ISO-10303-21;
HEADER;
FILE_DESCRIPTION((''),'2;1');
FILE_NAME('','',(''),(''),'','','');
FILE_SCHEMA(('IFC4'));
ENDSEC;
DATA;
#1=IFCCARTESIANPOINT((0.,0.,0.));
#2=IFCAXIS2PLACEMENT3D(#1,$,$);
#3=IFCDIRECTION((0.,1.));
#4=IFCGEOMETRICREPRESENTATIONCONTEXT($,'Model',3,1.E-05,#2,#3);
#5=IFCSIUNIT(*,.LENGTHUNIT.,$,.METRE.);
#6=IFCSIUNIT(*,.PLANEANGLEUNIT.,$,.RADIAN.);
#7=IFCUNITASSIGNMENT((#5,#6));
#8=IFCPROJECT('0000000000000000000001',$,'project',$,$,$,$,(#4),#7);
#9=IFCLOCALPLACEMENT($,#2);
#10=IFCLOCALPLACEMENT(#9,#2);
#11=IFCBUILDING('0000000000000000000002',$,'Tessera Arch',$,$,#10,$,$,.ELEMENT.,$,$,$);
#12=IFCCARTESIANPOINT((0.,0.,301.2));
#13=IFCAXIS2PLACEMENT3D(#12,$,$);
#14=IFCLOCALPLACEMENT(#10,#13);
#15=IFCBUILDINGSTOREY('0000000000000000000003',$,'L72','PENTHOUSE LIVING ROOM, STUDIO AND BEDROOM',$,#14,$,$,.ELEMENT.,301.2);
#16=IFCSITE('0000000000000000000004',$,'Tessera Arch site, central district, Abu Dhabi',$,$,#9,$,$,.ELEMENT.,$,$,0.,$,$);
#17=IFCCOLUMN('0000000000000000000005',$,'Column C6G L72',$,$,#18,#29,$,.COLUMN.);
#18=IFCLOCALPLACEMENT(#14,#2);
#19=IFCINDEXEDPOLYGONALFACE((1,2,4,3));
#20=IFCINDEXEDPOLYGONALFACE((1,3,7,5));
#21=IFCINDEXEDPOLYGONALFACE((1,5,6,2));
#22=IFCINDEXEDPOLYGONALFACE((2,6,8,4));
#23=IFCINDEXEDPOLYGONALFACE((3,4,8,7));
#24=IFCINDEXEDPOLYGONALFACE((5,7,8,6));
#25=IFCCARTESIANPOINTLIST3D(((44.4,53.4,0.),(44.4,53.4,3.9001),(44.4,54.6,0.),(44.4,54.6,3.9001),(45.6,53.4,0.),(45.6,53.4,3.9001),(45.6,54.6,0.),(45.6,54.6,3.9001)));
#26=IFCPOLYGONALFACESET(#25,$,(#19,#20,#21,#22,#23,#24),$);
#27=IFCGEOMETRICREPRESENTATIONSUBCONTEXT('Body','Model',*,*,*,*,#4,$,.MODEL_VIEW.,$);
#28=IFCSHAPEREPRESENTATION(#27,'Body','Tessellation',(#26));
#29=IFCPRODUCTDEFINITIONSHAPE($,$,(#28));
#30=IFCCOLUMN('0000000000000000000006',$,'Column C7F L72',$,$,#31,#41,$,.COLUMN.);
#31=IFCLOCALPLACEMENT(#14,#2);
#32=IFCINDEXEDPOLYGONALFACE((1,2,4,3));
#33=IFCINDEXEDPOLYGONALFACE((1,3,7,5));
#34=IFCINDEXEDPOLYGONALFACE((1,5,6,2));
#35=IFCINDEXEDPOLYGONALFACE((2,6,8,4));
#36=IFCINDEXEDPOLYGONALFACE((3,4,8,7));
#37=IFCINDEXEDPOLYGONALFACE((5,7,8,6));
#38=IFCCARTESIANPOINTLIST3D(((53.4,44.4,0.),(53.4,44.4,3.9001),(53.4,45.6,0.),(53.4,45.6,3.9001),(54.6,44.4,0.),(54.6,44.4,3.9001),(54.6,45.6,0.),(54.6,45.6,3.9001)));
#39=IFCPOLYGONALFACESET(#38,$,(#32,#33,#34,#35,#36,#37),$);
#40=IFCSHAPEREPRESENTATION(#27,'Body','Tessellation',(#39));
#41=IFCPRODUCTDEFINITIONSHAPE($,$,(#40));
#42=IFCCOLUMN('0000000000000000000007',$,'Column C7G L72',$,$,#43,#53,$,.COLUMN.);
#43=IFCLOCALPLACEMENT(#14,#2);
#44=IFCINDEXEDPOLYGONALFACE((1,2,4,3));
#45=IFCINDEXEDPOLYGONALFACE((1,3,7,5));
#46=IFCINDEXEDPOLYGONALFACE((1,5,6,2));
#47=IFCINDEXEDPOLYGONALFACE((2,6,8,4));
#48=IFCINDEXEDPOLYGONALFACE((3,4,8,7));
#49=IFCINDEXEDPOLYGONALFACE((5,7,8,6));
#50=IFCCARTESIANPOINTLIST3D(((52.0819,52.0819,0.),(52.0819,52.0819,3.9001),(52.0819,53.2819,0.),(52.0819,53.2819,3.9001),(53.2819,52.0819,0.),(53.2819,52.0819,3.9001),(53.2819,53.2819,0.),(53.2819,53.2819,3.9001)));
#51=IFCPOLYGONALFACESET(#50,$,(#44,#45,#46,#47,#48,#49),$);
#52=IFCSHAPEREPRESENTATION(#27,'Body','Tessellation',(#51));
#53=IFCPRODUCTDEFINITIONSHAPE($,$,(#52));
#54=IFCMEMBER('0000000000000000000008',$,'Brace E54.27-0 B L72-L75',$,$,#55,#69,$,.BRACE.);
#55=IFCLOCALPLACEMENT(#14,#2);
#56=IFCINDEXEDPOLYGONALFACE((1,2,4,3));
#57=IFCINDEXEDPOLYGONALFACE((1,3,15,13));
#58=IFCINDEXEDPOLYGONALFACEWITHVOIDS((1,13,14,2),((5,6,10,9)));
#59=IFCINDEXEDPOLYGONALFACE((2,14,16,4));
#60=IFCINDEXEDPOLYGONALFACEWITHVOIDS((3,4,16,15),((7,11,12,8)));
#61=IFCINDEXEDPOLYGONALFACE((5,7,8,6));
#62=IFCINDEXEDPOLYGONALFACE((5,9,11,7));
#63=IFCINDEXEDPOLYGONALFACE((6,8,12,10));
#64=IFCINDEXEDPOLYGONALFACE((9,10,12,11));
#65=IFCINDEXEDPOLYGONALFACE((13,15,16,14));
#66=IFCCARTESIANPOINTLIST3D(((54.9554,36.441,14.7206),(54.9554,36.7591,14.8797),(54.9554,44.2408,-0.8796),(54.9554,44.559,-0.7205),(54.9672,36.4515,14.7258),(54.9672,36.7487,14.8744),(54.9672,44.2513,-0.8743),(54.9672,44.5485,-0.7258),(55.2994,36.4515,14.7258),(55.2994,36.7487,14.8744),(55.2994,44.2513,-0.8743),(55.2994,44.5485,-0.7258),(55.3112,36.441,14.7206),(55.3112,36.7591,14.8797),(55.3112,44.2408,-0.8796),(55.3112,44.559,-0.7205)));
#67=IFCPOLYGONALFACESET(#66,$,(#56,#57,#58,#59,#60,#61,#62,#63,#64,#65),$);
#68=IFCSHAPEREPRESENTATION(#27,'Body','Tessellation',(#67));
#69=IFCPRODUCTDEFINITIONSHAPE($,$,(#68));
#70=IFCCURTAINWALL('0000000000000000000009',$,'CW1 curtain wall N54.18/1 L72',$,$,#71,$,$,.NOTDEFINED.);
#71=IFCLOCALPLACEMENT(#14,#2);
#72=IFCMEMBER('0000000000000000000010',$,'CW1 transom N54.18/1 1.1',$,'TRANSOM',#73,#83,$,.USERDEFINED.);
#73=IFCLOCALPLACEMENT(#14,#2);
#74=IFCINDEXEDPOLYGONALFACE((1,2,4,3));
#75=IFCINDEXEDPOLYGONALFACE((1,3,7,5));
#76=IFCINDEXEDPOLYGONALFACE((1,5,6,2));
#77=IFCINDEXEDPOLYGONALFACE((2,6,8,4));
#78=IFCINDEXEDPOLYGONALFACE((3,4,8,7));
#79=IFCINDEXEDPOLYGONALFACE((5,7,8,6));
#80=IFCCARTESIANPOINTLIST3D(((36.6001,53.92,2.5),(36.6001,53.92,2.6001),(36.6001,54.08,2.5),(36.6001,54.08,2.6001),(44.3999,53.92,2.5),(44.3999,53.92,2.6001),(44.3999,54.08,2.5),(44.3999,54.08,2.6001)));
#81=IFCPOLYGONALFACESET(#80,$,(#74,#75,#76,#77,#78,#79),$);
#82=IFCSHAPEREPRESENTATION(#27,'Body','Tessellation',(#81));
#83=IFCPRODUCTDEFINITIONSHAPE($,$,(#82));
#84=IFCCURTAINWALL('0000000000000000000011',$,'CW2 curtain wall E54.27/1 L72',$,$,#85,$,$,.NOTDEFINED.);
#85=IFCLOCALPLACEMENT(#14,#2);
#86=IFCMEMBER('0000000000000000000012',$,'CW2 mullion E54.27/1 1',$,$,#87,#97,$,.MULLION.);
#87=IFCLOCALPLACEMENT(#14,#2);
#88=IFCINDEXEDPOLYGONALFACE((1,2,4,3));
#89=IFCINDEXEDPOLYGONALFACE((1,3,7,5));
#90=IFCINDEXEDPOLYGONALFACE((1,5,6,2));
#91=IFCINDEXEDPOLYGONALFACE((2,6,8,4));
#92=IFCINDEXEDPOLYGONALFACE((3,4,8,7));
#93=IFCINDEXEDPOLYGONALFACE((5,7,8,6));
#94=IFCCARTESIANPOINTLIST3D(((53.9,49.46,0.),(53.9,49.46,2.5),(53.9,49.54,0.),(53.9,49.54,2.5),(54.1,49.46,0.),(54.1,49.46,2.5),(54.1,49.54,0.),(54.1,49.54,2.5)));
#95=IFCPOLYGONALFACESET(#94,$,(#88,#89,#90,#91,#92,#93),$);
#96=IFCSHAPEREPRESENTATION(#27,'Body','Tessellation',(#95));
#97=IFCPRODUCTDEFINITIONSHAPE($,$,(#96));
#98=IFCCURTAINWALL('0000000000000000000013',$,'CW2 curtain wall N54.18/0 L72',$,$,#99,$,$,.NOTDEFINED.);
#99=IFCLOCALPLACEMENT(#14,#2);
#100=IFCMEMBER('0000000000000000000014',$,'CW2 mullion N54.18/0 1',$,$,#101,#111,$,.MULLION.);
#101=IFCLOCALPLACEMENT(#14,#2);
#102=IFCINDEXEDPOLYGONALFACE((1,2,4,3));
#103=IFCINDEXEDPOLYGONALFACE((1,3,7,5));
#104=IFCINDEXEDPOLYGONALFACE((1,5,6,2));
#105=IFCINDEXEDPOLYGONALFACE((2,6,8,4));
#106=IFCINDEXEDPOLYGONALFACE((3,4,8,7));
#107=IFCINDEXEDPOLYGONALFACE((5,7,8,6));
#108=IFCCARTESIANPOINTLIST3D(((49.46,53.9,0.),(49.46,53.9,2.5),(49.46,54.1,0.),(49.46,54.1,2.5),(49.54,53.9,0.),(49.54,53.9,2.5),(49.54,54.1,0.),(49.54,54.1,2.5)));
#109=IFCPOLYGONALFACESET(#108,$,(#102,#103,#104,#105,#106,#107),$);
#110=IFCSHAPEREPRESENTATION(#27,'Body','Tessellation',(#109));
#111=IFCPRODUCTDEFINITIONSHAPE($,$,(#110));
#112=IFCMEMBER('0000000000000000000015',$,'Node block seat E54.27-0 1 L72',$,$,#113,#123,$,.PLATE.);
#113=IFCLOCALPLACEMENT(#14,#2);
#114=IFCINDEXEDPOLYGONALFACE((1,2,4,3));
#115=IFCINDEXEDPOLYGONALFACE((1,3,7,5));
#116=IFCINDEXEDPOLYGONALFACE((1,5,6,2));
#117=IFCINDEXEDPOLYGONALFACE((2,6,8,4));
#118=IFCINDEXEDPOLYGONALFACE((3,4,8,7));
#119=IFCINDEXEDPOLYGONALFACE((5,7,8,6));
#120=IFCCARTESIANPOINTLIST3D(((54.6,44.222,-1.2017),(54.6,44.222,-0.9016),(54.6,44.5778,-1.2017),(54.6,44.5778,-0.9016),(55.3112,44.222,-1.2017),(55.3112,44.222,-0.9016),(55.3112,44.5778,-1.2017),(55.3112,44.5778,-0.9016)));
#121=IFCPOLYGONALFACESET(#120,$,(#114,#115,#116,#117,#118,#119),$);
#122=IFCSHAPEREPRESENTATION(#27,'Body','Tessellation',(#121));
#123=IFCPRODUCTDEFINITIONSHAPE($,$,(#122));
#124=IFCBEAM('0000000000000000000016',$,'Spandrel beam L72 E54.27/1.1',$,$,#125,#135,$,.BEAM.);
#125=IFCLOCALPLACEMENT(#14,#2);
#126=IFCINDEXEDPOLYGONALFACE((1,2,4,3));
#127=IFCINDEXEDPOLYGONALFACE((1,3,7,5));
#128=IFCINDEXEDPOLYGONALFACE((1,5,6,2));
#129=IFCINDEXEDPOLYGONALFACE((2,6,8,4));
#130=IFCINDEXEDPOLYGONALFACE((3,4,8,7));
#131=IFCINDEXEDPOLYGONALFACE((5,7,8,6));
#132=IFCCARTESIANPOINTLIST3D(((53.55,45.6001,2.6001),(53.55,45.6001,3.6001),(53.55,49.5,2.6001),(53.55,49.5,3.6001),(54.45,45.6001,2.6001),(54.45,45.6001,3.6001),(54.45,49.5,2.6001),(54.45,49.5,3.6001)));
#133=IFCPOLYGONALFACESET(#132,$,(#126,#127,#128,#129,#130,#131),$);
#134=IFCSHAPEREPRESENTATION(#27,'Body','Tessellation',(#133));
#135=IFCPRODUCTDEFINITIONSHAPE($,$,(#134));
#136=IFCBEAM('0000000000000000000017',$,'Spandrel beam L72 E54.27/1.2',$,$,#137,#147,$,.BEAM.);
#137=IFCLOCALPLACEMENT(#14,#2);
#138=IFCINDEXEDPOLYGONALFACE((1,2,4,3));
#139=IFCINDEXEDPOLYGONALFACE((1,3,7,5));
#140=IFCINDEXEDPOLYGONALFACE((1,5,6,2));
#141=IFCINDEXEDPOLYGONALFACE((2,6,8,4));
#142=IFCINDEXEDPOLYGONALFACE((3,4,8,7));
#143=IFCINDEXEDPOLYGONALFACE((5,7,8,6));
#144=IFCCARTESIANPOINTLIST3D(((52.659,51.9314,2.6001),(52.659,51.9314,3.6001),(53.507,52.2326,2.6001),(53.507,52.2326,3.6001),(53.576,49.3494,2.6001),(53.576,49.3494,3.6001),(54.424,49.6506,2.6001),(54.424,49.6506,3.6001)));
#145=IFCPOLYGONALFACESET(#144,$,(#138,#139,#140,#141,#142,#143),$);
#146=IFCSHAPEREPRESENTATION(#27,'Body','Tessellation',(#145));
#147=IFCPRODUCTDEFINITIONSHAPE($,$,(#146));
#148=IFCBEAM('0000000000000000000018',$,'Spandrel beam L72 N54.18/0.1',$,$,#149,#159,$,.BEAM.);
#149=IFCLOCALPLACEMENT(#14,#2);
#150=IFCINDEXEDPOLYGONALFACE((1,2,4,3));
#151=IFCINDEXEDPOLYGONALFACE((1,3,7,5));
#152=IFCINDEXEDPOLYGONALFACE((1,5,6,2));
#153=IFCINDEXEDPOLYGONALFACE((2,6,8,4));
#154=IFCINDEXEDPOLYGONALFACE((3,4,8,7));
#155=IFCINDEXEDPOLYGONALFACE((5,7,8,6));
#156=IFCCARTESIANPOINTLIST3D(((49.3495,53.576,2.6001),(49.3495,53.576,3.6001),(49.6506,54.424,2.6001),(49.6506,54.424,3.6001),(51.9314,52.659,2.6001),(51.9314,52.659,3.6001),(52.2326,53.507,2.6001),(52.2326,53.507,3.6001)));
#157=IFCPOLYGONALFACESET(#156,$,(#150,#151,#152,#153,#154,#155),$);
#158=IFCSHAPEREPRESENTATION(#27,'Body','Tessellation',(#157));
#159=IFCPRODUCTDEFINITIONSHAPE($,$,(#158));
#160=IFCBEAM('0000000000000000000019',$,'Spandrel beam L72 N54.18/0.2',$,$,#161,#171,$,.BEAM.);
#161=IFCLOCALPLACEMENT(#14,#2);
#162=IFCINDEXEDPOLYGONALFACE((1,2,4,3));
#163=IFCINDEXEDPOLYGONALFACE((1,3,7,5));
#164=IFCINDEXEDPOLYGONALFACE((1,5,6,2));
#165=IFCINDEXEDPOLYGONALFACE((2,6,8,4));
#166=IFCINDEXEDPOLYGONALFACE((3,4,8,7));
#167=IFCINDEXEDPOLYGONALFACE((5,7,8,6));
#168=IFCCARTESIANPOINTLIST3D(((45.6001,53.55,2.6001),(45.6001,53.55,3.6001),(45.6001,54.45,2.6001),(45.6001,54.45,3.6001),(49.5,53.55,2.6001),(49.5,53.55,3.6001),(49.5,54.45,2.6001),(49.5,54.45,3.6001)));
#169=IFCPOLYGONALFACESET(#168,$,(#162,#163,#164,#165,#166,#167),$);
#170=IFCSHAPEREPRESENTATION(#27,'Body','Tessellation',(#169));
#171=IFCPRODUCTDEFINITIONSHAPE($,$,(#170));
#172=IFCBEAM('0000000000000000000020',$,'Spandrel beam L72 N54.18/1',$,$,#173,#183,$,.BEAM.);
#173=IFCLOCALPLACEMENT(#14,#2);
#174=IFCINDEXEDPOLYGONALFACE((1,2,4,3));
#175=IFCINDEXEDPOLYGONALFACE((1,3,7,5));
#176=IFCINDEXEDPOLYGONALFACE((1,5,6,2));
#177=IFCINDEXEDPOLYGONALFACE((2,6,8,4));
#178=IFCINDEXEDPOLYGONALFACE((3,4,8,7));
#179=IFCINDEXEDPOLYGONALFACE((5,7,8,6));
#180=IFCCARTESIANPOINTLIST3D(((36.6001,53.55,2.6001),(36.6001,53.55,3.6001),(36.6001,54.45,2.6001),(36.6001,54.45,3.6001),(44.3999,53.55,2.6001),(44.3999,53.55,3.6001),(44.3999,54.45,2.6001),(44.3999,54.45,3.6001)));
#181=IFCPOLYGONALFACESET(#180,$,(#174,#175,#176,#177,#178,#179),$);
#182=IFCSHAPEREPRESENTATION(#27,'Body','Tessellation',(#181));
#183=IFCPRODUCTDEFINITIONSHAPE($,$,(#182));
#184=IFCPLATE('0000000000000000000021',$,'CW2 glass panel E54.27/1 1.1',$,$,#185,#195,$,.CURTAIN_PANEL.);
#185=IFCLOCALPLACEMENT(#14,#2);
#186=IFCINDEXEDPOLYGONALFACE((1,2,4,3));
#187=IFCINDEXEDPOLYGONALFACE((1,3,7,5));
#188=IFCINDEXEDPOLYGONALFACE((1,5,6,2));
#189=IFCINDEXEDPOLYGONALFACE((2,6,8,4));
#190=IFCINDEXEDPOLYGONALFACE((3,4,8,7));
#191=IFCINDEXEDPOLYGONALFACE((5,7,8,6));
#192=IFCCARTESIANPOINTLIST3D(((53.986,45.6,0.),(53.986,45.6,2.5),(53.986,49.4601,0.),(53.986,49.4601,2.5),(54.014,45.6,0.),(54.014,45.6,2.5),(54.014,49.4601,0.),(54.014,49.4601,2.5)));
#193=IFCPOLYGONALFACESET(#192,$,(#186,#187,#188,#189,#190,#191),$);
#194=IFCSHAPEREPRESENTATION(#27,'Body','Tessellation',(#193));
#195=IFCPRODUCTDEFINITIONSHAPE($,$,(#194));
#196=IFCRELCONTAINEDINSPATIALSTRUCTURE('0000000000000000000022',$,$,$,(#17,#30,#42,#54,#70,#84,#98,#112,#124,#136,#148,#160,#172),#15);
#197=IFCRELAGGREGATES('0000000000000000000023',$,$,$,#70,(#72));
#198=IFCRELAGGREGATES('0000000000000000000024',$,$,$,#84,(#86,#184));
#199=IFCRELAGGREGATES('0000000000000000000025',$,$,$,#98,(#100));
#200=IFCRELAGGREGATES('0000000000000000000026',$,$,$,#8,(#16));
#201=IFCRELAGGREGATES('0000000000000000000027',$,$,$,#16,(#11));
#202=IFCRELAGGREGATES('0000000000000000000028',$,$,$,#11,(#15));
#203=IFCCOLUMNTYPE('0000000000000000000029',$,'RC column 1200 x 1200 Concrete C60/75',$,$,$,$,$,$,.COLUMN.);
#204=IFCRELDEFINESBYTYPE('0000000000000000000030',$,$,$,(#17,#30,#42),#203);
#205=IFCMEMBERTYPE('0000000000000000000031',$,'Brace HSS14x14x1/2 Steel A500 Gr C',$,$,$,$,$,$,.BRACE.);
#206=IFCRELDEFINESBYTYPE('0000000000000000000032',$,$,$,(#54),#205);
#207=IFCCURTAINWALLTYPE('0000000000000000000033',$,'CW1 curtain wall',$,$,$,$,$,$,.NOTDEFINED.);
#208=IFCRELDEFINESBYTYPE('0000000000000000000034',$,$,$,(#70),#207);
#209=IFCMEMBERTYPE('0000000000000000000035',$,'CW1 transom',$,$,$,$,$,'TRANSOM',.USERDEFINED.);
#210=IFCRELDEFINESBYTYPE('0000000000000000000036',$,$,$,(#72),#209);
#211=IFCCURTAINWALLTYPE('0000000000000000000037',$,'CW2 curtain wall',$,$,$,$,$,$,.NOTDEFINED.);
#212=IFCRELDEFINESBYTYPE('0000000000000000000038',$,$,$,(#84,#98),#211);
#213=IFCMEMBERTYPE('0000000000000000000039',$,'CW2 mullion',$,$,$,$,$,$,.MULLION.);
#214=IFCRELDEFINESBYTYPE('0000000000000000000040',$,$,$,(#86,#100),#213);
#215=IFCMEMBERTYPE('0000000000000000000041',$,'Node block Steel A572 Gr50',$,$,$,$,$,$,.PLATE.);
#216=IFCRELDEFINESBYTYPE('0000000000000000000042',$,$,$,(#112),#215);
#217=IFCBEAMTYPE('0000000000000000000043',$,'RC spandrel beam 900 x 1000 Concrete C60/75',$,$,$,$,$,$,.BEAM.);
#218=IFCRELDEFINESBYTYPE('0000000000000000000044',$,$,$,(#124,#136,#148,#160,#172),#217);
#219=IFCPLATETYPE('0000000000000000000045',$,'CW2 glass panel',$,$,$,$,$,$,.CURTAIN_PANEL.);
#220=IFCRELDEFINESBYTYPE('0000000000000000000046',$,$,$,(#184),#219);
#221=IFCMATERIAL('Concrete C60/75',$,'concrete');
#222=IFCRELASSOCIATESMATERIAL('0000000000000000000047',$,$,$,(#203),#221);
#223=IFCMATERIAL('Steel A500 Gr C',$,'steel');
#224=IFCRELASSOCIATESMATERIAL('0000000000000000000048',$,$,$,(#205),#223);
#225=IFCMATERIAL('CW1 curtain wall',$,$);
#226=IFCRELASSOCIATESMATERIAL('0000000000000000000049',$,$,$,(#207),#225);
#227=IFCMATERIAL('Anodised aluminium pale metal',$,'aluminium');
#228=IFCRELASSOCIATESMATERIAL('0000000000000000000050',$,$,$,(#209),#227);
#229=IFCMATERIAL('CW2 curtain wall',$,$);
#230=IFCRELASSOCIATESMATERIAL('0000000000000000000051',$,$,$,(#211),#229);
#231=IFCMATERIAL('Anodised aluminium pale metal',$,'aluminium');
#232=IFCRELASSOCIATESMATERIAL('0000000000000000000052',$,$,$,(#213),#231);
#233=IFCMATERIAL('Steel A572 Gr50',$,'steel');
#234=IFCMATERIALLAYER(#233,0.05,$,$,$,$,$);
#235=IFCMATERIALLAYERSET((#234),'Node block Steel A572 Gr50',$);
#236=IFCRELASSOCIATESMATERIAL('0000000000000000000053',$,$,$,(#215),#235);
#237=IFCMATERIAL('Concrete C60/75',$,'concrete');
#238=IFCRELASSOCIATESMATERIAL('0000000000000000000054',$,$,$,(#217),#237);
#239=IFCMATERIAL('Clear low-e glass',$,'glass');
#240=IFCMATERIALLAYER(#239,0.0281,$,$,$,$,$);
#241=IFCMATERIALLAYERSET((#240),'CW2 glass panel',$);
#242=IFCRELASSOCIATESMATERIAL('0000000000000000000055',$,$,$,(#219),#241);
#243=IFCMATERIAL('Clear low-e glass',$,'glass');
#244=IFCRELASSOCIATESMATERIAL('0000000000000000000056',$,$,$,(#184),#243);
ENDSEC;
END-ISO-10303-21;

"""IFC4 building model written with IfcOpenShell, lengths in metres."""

from ifc_helpers import new_model, si_unit, direction, frame, origin, origin_2d, place, context, subcontext, project, spatial, rectangle, hollow_rectangle, extrude, material, layer, layer_set, material_profile, profile_set, type_object, element, aggregate, save


model = new_model("IFC4")

# Units and contexts
model_context = context("Model", 3, precision=1e-05, world=origin(), true_north=direction((0.0, 1.0)))
body_context = subcontext(model_context, "Body", "Model", "MODEL_VIEW")
ifc_project = project(units=[si_unit("LENGTHUNIT", "METRE"), si_unit("PLANEANGLEUNIT", "RADIAN")], contexts=[model_context])

# Site, building, storey
site_placement = place(None, origin())
site = spatial("IfcSite", under=ifc_project, at=site_placement, Name="Tessera Arch site, central district, Abu Dhabi", CompositionType="ELEMENT", RefElevation=0.0)
building_placement = place(site_placement, origin())
building = spatial("IfcBuilding", under=site, at=building_placement, Name="Tessera Arch", CompositionType="ELEMENT")
storey_placement = place(building_placement, frame((0.0, 0.0, 301.2)))
storey = spatial("IfcBuildingStorey", under=building, at=storey_placement, Name="L72", Description="PENTHOUSE LIVING ROOM, STUDIO AND BEDROOM", CompositionType="ELEMENT", Elevation=301.2)

# Columns
ifc_material_1 = material(Name="Concrete C60/75", Category="concrete")
ifc_material_profile_1 = material_profile(ifc_material_1, rectangle(XDim=1.2, YDim=1.2, at=origin_2d()), Name="RC column 1200 x 1200 Concrete C60/75")
ifc_profile_set_1 = profile_set([ifc_material_profile_1], Name="Concrete C60/75")
column_type = type_object("IfcColumnType", Name="RC column 1200 x 1200 Concrete C60/75", PredefinedType="COLUMN", material=ifc_profile_set_1)
for number, where, z_axis, x_axis, name in (
    (1, (45.0, 54.0, 0.0), (0.0, 0.0, 1.0), (1.0, 0.0, 0.0), "Column C6G L72"),
    (2, (54.0, 45.0, 0.0), (0.0, 0.0, 1.0), (1.0, 0.0, 0.0), "Column C7F L72"),
    (3, (52.6819, 52.6819, 0.0), (0.0, 0.0, 1.0), (1.0, 0.0, 0.0), "Column C7G L72"),
):
    element("IfcColumn", number, at=place(storey_placement, frame(where, z_axis=z_axis, x_axis=x_axis)), inside=storey, type_object=column_type, Name=name, PredefinedType="COLUMN", context=body_context, shape_type="SweptSolid", body=[
        extrude(rectangle(XDim=1.2, YDim=1.2, at=origin_2d()), origin(), (0.0, 0.0, 1.0), 3.9001),
    ])

# Member
ifc_material_2 = material(Name="Steel A500 Gr C", Category="steel")
ifc_material_profile_2 = material_profile(ifc_material_2, hollow_rectangle(XDim=0.3557, YDim=0.3557, WallThickness=0.0117, at=origin_2d()), Name="HSS14x14x1/2")
ifc_profile_set_2 = profile_set([ifc_material_profile_2], Name="Steel A500 Gr C")
member_type_1 = type_object("IfcMemberType", Name="Brace HSS14x14x1/2 Steel A500 Gr C", PredefinedType="BRACE", material=ifc_profile_set_2)
member_1_placement = place(storey_placement, frame((55.1333, 44.3999, -0.8), z_axis=(0.0, -0.447202, 0.894433), x_axis=(1.0, 0.0, 0.0)))
element("IfcMember", 4, at=member_1_placement, inside=storey, type_object=member_type_1, Name="Brace E54.27-0 B L72-L75", PredefinedType="BRACE", context=body_context, shape_type="SweptSolid", body=[
    extrude(hollow_rectangle(XDim=0.3557, YDim=0.3557, WallThickness=0.0117, at=origin_2d()), origin(), (0.0, 0.0, 1.0), 17.4414),
])

# Curtain walls, members
ifc_material_3 = material(Name="CW1 curtain wall")
curtain_wall_type_1 = type_object("IfcCurtainWallType", Name="CW1 curtain wall", PredefinedType="NOTDEFINED", material=ifc_material_3)
curtain_wall_1_placement = place(storey_placement, origin())
curtain_wall_1 = element("IfcCurtainWall", 5, at=curtain_wall_1_placement, inside=storey, type_object=curtain_wall_type_1, Name="CW1 curtain wall N54.18/1 L72", PredefinedType="NOTDEFINED")
ifc_material_4 = material(Name="Anodised aluminium pale metal", Category="aluminium")
ifc_material_profile_3 = material_profile(ifc_material_4, rectangle(XDim=0.1599, YDim=0.1001, at=origin_2d()), Name="AL 160x100")
ifc_profile_set_3 = profile_set([ifc_material_profile_3], Name="Anodised aluminium pale metal")
member_type_2 = type_object("IfcMemberType", Name="CW1 transom", ElementType="TRANSOM", PredefinedType="USERDEFINED", material=ifc_profile_set_3)
member_2_placement = place(storey_placement, frame((44.3999, 54.0, 2.55), z_axis=(-1.0, 0.0, 0.0), x_axis=(0.0, -1.0, 0.0)))
member_2 = element("IfcMember", 6, at=member_2_placement, type_object=member_type_2, Name="CW1 transom N54.18/1 1.1", ObjectType="TRANSOM", PredefinedType="USERDEFINED", context=body_context, shape_type="SweptSolid", body=[
    extrude(rectangle(XDim=0.1599, YDim=0.1001, at=origin_2d()), origin(), (0.0, 0.0, 1.0), 7.7998),
])
aggregate(curtain_wall_1, [member_2])
ifc_material_5 = material(Name="CW2 curtain wall")
curtain_wall_type_2 = type_object("IfcCurtainWallType", Name="CW2 curtain wall", PredefinedType="NOTDEFINED", material=ifc_material_5)
curtain_wall_2_placement = place(storey_placement, origin())
curtain_wall_2 = element("IfcCurtainWall", 7, at=curtain_wall_2_placement, inside=storey, type_object=curtain_wall_type_2, Name="CW2 curtain wall E54.27/1 L72", PredefinedType="NOTDEFINED")
ifc_material_6 = material(Name="Anodised aluminium pale metal", Category="aluminium")
ifc_material_profile_4 = material_profile(ifc_material_6, rectangle(XDim=0.2, YDim=0.0801, at=origin_2d()), Name="AL 80x200")
ifc_profile_set_4 = profile_set([ifc_material_profile_4], Name="Anodised aluminium pale metal")
member_type_3 = type_object("IfcMemberType", Name="CW2 mullion", PredefinedType="MULLION", material=ifc_profile_set_4)
member_3_placement = place(storey_placement, frame((54.0, 49.5, 0.0), z_axis=(0.0, 0.0, 1.0), x_axis=(-1.0, 0.0, 0.0)))
member_3 = element("IfcMember", 8, at=member_3_placement, type_object=member_type_3, Name="CW2 mullion E54.27/1 1", PredefinedType="MULLION", context=body_context, shape_type="SweptSolid", body=[
    extrude(rectangle(XDim=0.2, YDim=0.0801, at=origin_2d()), origin(), (0.0, 0.0, 1.0), 2.5),
])
curtain_wall_3_placement = place(storey_placement, origin())
curtain_wall_3 = element("IfcCurtainWall", 9, at=curtain_wall_3_placement, inside=storey, type_object=curtain_wall_type_2, Name="CW2 curtain wall N54.18/0 L72", PredefinedType="NOTDEFINED")
member_4_placement = place(storey_placement, frame((49.5, 54.0, 0.0), z_axis=(0.0, 0.0, 1.0), x_axis=(0.0, -1.0, 0.0)))
member_4 = element("IfcMember", 10, at=member_4_placement, type_object=member_type_3, Name="CW2 mullion N54.18/0 1", PredefinedType="MULLION", context=body_context, shape_type="SweptSolid", body=[
    extrude(rectangle(XDim=0.2, YDim=0.0801, at=origin_2d()), origin(), (0.0, 0.0, 1.0), 2.5),
])

# Member
ifc_material_7 = material(Name="Steel A572 Gr50", Category="steel")
ifc_layer_1 = layer(ifc_material_7, 0.05)
ifc_layer_set_1 = layer_set([ifc_layer_1], Name="Node block Steel A572 Gr50")
member_type_4 = type_object("IfcMemberType", Name="Node block Steel A572 Gr50", PredefinedType="PLATE", material=ifc_layer_set_1)
member_5_placement = place(storey_placement, frame((54.9556, 44.3999, -1.2017), z_axis=(0.0, 0.0, 1.0), x_axis=(0.0, 1.0, 0.0)))
element("IfcMember", 11, at=member_5_placement, inside=storey, type_object=member_type_4, Name="Node block seat E54.27-0 1 L72", PredefinedType="PLATE", context=body_context, shape_type="SweptSolid", body=[
    extrude(rectangle(XDim=0.3557, YDim=0.7112, at=origin_2d()), origin(), (0.0, 0.0, 1.0), 0.3),
])

# Beams
ifc_material_8 = material(Name="Concrete C60/75", Category="concrete")
ifc_material_profile_5 = material_profile(ifc_material_8, rectangle(XDim=0.8999, YDim=1.0, at=origin_2d()), Name="RC spandrel beam 900 x 1000 Concrete C60/75")
ifc_profile_set_5 = profile_set([ifc_material_profile_5], Name="Concrete C60/75")
beam_type = type_object("IfcBeamType", Name="RC spandrel beam 900 x 1000 Concrete C60/75", PredefinedType="BEAM", material=ifc_profile_set_5)
beam_1_placement = place(storey_placement, frame((54.0, 45.6001, 3.1001), z_axis=(0.0, 1.0, 0.0), x_axis=(-1.0, 0.0, 0.0)))
element("IfcBeam", 12, at=beam_1_placement, inside=storey, type_object=beam_type, Name="Spandrel beam L72 E54.27/1.1", PredefinedType="BEAM", context=body_context, shape_type="SweptSolid", body=[
    extrude(rectangle(XDim=0.8999, YDim=1.0, at=origin_2d()), origin(), (0.0, 0.0, 1.0), 3.8999),
])
for number, where, z_axis, x_axis, name in (
    (13, (54.0, 49.5, 3.1001), (-0.334665, 0.942337, 0.0), (-0.942337, -0.334665, 0.0), "Spandrel beam L72 E54.27/1.2"),
    (14, (52.082, 53.083, 3.1001), (-0.942337, 0.334665, 0.0), (-0.334665, -0.942337, 0.0), "Spandrel beam L72 N54.18/0.1"),
):
    element("IfcBeam", number, at=place(storey_placement, frame(where, z_axis=z_axis, x_axis=x_axis)), inside=storey, type_object=beam_type, Name=name, PredefinedType="BEAM", context=body_context, shape_type="SweptSolid", body=[
        extrude(rectangle(XDim=0.8999, YDim=1.0, at=origin_2d()), origin(), (0.0, 0.0, 1.0), 2.74),
    ])
beam_2_placement = place(storey_placement, frame((49.5, 54.0, 3.1001), z_axis=(-1.0, 0.0, 0.0), x_axis=(0.0, -1.0, 0.0)))
element("IfcBeam", 15, at=beam_2_placement, inside=storey, type_object=beam_type, Name="Spandrel beam L72 N54.18/0.2", PredefinedType="BEAM", context=body_context, shape_type="SweptSolid", body=[
    extrude(rectangle(XDim=0.8999, YDim=1.0, at=origin_2d()), origin(), (0.0, 0.0, 1.0), 3.8999),
])
beam_3_placement = place(storey_placement, frame((44.3999, 54.0, 3.1001), z_axis=(-1.0, 0.0, 0.0), x_axis=(0.0, -1.0, 0.0)))
element("IfcBeam", 16, at=beam_3_placement, inside=storey, type_object=beam_type, Name="Spandrel beam L72 N54.18/1", PredefinedType="BEAM", context=body_context, shape_type="SweptSolid", body=[
    extrude(rectangle(XDim=0.8999, YDim=1.0, at=origin_2d()), origin(), (0.0, 0.0, 1.0), 7.7998),
])

# Plate
ifc_material_9 = material(Name="Clear low-e glass", Category="glass")
ifc_material_10 = material(Name="Clear low-e glass", Category="glass")
ifc_layer_2 = layer(ifc_material_10, 0.0281)
ifc_layer_set_2 = layer_set([ifc_layer_2], Name="CW2 glass panel")
plate_type_1 = type_object("IfcPlateType", Name="CW2 glass panel", PredefinedType="CURTAIN_PANEL", material=ifc_layer_set_2)
plate_1_placement = place(storey_placement, frame((54.0, 47.53, 0.0), z_axis=(0.0, 0.0, 1.0), x_axis=(0.0, 1.0, 0.0)))
plate_1 = element("IfcPlate", 17, at=plate_1_placement, type_object=plate_type_1, material=ifc_material_9, Name="CW2 glass panel E54.27/1 1.1", PredefinedType="CURTAIN_PANEL", context=body_context, shape_type="SweptSolid", body=[
    extrude(rectangle(XDim=3.8601, YDim=0.0281, at=origin_2d()), origin(), (0.0, 0.0, 1.0), 2.5),
])
aggregate(curtain_wall_2, [member_3, plate_1])
aggregate(curtain_wall_3, [member_4])

save(model, "model.ifc")
